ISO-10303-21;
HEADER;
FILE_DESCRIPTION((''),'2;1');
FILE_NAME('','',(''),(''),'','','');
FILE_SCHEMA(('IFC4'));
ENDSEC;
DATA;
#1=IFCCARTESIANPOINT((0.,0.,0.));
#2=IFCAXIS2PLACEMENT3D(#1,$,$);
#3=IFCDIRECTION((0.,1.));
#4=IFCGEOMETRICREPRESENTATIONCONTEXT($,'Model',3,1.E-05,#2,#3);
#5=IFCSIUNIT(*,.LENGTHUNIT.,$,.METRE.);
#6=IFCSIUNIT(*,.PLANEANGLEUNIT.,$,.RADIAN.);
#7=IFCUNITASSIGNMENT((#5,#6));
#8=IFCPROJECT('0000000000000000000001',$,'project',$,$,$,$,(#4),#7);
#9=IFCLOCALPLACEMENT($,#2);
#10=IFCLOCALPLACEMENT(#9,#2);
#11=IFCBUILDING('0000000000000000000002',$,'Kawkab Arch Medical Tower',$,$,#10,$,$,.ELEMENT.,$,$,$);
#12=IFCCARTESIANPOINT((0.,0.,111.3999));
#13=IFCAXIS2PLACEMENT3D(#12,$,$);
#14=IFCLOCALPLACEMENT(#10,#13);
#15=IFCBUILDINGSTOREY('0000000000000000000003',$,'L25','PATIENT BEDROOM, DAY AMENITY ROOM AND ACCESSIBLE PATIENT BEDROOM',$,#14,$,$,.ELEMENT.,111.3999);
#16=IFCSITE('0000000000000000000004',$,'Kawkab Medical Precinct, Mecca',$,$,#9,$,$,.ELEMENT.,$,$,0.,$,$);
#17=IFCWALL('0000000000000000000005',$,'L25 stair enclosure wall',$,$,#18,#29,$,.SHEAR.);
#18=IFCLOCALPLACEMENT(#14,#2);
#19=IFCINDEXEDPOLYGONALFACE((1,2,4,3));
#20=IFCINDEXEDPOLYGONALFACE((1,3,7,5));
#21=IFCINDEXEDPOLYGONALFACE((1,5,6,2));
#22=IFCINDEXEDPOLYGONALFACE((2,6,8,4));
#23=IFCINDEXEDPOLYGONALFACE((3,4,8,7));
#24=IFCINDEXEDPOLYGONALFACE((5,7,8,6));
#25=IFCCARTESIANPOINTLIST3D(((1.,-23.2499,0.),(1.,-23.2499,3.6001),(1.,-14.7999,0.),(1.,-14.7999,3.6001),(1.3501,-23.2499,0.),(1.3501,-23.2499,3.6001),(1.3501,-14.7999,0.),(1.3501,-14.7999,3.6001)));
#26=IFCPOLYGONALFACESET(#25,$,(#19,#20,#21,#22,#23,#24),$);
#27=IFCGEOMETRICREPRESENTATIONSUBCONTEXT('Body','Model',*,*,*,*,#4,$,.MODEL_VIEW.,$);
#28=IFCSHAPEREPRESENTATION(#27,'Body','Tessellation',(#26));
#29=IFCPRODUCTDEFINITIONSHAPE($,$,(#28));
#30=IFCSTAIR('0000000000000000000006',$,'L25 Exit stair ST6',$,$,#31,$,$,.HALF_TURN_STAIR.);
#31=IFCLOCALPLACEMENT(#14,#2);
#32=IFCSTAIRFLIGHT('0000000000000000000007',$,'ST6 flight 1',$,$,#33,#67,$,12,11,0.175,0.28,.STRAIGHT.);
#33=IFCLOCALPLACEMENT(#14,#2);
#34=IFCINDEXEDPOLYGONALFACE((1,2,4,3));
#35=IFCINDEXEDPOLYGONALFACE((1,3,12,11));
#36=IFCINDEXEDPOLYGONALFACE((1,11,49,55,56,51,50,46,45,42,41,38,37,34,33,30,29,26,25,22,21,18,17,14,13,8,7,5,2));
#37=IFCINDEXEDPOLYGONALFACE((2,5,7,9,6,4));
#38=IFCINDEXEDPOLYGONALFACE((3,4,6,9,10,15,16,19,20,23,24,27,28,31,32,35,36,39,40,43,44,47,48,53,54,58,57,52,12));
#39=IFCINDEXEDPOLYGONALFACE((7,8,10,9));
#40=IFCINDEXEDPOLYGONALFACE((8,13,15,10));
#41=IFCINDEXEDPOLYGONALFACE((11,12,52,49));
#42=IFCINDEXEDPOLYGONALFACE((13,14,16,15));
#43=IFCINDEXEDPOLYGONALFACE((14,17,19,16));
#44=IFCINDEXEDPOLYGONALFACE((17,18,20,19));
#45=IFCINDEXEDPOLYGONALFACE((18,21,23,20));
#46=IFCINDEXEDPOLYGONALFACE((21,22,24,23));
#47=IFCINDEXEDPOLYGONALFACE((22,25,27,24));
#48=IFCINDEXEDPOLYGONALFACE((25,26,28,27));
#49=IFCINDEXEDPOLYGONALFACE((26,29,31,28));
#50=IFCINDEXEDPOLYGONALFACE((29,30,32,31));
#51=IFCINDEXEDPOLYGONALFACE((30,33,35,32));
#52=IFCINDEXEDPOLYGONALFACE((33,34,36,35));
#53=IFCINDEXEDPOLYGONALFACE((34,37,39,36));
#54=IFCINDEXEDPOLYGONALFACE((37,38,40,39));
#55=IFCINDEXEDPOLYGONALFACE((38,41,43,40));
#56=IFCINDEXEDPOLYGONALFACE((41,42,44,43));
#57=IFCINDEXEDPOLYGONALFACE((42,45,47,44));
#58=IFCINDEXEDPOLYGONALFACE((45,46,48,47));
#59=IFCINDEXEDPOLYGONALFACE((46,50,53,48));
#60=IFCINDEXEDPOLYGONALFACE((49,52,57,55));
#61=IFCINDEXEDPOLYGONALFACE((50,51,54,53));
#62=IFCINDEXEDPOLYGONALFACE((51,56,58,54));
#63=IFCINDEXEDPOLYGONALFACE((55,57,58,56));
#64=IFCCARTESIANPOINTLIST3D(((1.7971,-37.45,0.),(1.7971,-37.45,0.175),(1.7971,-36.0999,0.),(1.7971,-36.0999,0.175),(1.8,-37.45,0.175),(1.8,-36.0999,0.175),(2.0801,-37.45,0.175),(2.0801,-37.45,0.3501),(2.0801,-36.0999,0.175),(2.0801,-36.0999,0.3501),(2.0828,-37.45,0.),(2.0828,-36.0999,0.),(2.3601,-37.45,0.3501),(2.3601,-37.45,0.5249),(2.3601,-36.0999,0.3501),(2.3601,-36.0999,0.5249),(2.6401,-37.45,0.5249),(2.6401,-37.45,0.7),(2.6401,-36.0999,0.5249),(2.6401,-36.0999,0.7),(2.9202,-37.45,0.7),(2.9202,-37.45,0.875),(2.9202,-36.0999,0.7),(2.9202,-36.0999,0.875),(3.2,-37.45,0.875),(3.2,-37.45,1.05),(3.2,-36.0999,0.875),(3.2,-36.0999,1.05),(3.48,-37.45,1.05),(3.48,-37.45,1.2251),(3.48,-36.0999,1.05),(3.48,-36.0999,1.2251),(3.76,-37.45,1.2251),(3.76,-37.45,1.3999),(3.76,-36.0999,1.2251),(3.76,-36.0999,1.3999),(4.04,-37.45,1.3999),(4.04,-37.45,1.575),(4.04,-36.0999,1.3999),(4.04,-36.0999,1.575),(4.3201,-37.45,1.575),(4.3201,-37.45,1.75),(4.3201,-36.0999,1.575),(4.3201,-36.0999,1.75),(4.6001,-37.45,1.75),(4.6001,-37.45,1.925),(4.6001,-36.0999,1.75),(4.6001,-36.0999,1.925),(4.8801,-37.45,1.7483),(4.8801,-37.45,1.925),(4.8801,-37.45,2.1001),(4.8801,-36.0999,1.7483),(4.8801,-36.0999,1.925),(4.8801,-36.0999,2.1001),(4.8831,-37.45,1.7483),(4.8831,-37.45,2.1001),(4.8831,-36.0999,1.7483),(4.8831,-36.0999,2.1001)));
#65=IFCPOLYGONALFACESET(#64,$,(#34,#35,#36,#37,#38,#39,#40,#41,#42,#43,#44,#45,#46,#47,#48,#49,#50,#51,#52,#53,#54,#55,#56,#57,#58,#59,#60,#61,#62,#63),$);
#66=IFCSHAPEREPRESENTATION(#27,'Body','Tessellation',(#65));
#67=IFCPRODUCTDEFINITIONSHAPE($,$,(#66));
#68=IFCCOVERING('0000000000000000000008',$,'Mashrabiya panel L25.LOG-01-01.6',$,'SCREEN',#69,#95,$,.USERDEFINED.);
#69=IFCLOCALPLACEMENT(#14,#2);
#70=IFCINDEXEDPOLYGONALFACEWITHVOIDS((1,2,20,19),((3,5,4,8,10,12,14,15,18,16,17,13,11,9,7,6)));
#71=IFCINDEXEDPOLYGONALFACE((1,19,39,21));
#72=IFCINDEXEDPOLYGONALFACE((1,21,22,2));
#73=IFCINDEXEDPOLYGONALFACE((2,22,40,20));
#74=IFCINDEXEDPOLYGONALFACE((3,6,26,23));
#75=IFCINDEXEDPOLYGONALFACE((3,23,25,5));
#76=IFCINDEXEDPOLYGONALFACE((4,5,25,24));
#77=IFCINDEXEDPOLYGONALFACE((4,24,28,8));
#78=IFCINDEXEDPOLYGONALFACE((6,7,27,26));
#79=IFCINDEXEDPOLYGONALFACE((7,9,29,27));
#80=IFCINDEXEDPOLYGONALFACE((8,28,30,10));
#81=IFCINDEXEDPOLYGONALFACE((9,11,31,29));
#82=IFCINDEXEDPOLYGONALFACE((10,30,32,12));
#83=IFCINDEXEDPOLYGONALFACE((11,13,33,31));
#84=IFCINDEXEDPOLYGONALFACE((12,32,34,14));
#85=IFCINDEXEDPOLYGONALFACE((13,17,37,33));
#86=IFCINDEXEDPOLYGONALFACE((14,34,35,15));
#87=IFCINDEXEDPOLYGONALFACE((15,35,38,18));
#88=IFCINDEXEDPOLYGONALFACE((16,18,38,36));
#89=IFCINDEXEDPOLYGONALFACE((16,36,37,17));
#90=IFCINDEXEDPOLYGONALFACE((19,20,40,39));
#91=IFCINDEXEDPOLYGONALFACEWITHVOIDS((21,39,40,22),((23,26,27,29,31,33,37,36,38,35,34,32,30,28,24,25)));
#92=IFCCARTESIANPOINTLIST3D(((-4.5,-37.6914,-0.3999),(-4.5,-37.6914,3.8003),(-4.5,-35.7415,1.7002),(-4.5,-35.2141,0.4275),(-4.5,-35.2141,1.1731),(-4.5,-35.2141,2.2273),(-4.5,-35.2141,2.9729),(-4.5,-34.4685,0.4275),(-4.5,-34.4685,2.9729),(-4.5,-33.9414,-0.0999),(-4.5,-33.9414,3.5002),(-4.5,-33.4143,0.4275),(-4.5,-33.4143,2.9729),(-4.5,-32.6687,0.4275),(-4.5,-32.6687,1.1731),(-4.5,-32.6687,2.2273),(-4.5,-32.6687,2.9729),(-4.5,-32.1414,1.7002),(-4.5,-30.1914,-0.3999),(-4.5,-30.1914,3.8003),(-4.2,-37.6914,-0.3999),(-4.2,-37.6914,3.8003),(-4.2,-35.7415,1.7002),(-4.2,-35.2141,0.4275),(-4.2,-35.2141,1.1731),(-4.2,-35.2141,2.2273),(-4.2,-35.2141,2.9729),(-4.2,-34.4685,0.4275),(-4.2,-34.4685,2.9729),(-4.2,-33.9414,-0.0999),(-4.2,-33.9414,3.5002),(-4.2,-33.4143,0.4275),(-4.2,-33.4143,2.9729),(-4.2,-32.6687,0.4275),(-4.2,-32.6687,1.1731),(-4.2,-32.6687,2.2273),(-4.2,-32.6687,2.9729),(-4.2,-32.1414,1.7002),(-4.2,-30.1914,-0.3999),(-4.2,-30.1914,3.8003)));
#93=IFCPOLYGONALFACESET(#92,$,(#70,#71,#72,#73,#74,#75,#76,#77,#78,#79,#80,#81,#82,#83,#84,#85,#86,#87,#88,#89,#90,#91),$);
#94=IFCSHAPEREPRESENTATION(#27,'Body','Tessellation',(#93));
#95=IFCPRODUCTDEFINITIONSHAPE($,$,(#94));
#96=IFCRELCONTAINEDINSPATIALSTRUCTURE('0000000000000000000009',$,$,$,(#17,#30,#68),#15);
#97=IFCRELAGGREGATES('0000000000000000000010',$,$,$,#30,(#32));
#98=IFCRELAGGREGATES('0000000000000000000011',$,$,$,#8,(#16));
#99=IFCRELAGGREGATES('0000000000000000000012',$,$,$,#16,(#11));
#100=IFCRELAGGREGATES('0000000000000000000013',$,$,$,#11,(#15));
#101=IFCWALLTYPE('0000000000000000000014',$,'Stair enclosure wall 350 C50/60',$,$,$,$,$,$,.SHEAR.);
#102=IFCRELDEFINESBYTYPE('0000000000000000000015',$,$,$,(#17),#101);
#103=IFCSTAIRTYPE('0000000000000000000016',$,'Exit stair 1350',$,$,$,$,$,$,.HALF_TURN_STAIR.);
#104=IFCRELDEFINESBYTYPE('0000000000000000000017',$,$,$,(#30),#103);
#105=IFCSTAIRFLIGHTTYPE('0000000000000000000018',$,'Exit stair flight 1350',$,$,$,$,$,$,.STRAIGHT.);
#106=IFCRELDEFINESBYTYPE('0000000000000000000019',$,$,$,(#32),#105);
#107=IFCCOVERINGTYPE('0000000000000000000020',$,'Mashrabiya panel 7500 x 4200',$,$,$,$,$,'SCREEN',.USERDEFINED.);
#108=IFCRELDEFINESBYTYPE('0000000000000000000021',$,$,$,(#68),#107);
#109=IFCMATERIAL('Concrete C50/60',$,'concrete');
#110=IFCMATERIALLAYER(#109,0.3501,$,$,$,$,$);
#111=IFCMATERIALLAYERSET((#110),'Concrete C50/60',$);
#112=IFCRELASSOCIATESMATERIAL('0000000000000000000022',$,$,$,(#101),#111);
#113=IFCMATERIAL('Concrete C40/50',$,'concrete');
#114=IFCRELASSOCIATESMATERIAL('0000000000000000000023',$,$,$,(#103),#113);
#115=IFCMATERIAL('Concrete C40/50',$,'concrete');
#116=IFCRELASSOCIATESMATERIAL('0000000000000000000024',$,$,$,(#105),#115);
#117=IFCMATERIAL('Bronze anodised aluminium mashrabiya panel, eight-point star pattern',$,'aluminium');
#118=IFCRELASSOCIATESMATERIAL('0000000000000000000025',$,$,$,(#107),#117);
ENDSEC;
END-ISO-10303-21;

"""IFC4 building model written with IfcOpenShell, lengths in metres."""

from ifc_helpers import new_model, si_unit, direction, frame, frame_2d, origin, place, context, subcontext, project, spatial, polyline, rectangle, outline, extrude, material, layer, layer_set, material_profile, profile_set, type_object, element, aggregate, save


model = new_model("IFC4")

# Units and contexts
model_context = context("Model", 3, precision=1e-05, world=origin(), true_north=direction((0.0, 1.0)))
body_context = subcontext(model_context, "Body", "Model", "MODEL_VIEW")
ifc_project = project(units=[si_unit("LENGTHUNIT", "METRE"), si_unit("PLANEANGLEUNIT", "RADIAN")], contexts=[model_context])

# Site, building, storey
site_placement = place(None, origin())
site = spatial("IfcSite", under=ifc_project, at=site_placement, Name="Kawkab Medical Precinct, Mecca", CompositionType="ELEMENT", RefElevation=0.0)
building_placement = place(site_placement, origin())
building = spatial("IfcBuilding", under=site, at=building_placement, Name="Kawkab Arch Medical Tower", CompositionType="ELEMENT")
storey_placement = place(building_placement, frame((0.0, 0.0, 111.3999)))
storey = spatial("IfcBuildingStorey", under=building, at=storey_placement, Name="L25", Description="PATIENT BEDROOM, DAY AMENITY ROOM AND ACCESSIBLE PATIENT BEDROOM", CompositionType="ELEMENT", Elevation=111.3999)

# Shared definitions
placement = place(storey_placement, origin())

# Wall
ifc_material_1 = material(Name="Concrete C50/60", Category="concrete")
ifc_layer_1 = layer(ifc_material_1, 0.3501)
ifc_layer_set_1 = layer_set([ifc_layer_1], Name="Concrete C50/60")
wall_type_1 = type_object("IfcWallType", Name="Stair enclosure wall 350 C50/60", PredefinedType="SHEAR", material=ifc_layer_set_1)
wall_1_placement = place(storey_placement, frame((1.175, -23.25, 0.0), z_axis=(0.0, 0.0, 1.0), x_axis=(0.0, 1.0, 0.0)))
element("IfcWall", 1, at=wall_1_placement, inside=storey, type_object=wall_type_1, Name="L25 stair enclosure wall", PredefinedType="SHEAR", context=body_context, shape_type="SweptSolid", body=[
    extrude(rectangle(XDim=8.45, YDim=0.3501, at=frame_2d((4.2251, 0.0))), origin(), (0.0, 0.0, 1.0), 3.6001),
])

# Stair, stair flight
ifc_material_2 = material(Name="Concrete C40/50", Category="concrete")
stair_type = type_object("IfcStairType", Name="Exit stair 1350", PredefinedType="HALF_TURN_STAIR", material=ifc_material_2)
stair = element("IfcStair", 2, at=placement, inside=storey, type_object=stair_type, Name="L25 Exit stair ST6", PredefinedType="HALF_TURN_STAIR")
ifc_material_3 = material(Name="Concrete C40/50", Category="concrete")
stair_flight_type = type_object("IfcStairFlightType", Name="Exit stair flight 1350", PredefinedType="STRAIGHT", material=ifc_material_3)
stair_flight_placement = place(storey_placement, frame((1.8, -36.7749, 0.0), z_axis=(0.0, 0.0, 1.0), x_axis=(1.0, 0.0, 0.0)))
stair_flight = element("IfcStairFlight", 3, at=stair_flight_placement, type_object=stair_flight_type, Name="ST6 flight 1", NumberOfRisers=12, NumberOfTreads=11, PredefinedType="STRAIGHT", RiserHeight=0.175, TreadLength=0.28, context=body_context, shape_type="SweptSolid", body=[
    extrude(outline(polyline([(-0.0029, 0.0), (-0.0029, 0.175), (0.0, 0.175), (0.28, 0.175), (0.28, 0.3501), (0.5601, 0.3501), (0.5601, 0.5249), (0.8401, 0.5249), (0.8401, 0.7), (1.1201, 0.7), (1.1201, 0.875), (1.3999, 0.875), (1.3999, 1.05), (1.6799, 1.05), (1.6799, 1.2251), (1.96, 1.2251), (1.96, 1.3999), (2.24, 1.3999), (2.24, 1.575), (2.52, 1.575), (2.52, 1.75), (2.8, 1.75), (2.8, 1.925), (3.0801, 1.925), (3.0801, 2.1001), (3.083, 2.1001), (3.083, 1.7483), (3.0801, 1.7483), (0.2827, 0.0), (-0.0029, 0.0)])), frame((0.0, 0.675, 0.0), z_axis=(0.0, -1.0, 0.0), x_axis=(1.0, 0.0, 0.0)), (0.0, 0.0, 1.0), 1.3501),
])
aggregate(stair, [stair_flight])

# Covering
ifc_material_4 = material(Name="Bronze anodised aluminium mashrabiya panel, eight-point star pattern", Category="aluminium")
ifc_material_profile_1 = material_profile(ifc_material_4, outline(polyline([(-3.75, -2.1001), (3.75, -2.1001), (3.75, 2.1001), (-3.75, 2.1001), (-3.75, -2.1001)]), holes=[polyline([(1.8, 0.0), (1.2727, 0.5271), (1.2727, 1.2727), (0.5271, 1.2727), (0.0, 1.8), (-0.5271, 1.2727), (-1.2727, 1.2727), (-1.2727, 0.5271), (-1.8, 0.0), (-1.2727, -0.5271), (-1.2727, -1.2727), (-0.5271, -1.2727), (0.0, -1.8), (0.5271, -1.2727), (1.2727, -1.2727), (1.2727, -0.5271), (1.8, 0.0)])]), Name="Mashrabiya panel 7500x4200")
ifc_profile_set_1 = profile_set([ifc_material_profile_1], Name="Bronze anodised aluminium mashrabiya panel, eight-point star pattern")
covering_type = type_object("IfcCoveringType", Name="Mashrabiya panel 7500 x 4200", ElementType="SCREEN", PredefinedType="USERDEFINED", material=ifc_profile_set_1)
covering_placement = place(storey_placement, frame((-4.2, -33.9414, 1.7002), z_axis=(-1.0, 0.0, 0.0), x_axis=(0.0, -1.0, 0.0)))
element("IfcCovering", 4, at=covering_placement, inside=storey, type_object=covering_type, Name="Mashrabiya panel L25.LOG-01-01.6", ObjectType="SCREEN", PredefinedType="USERDEFINED", context=body_context, shape_type="SweptSolid", body=[
    extrude(outline(polyline([(-3.75, -2.1001), (3.75, -2.1001), (3.75, 2.1001), (-3.75, 2.1001), (-3.75, -2.1001)]), holes=[polyline([(1.8, 0.0), (1.2727, 0.5271), (1.2727, 1.2727), (0.5271, 1.2727), (0.0, 1.8), (-0.5271, 1.2727), (-1.2727, 1.2727), (-1.2727, 0.5271), (-1.8, 0.0), (-1.2727, -0.5271), (-1.2727, -1.2727), (-0.5271, -1.2727), (0.0, -1.8), (0.5271, -1.2727), (1.2727, -1.2727), (1.2727, -0.5271), (1.8, 0.0)])]), origin(), (0.0, 0.0, 1.0), 0.3),
])

save(model, "model.ifc")
